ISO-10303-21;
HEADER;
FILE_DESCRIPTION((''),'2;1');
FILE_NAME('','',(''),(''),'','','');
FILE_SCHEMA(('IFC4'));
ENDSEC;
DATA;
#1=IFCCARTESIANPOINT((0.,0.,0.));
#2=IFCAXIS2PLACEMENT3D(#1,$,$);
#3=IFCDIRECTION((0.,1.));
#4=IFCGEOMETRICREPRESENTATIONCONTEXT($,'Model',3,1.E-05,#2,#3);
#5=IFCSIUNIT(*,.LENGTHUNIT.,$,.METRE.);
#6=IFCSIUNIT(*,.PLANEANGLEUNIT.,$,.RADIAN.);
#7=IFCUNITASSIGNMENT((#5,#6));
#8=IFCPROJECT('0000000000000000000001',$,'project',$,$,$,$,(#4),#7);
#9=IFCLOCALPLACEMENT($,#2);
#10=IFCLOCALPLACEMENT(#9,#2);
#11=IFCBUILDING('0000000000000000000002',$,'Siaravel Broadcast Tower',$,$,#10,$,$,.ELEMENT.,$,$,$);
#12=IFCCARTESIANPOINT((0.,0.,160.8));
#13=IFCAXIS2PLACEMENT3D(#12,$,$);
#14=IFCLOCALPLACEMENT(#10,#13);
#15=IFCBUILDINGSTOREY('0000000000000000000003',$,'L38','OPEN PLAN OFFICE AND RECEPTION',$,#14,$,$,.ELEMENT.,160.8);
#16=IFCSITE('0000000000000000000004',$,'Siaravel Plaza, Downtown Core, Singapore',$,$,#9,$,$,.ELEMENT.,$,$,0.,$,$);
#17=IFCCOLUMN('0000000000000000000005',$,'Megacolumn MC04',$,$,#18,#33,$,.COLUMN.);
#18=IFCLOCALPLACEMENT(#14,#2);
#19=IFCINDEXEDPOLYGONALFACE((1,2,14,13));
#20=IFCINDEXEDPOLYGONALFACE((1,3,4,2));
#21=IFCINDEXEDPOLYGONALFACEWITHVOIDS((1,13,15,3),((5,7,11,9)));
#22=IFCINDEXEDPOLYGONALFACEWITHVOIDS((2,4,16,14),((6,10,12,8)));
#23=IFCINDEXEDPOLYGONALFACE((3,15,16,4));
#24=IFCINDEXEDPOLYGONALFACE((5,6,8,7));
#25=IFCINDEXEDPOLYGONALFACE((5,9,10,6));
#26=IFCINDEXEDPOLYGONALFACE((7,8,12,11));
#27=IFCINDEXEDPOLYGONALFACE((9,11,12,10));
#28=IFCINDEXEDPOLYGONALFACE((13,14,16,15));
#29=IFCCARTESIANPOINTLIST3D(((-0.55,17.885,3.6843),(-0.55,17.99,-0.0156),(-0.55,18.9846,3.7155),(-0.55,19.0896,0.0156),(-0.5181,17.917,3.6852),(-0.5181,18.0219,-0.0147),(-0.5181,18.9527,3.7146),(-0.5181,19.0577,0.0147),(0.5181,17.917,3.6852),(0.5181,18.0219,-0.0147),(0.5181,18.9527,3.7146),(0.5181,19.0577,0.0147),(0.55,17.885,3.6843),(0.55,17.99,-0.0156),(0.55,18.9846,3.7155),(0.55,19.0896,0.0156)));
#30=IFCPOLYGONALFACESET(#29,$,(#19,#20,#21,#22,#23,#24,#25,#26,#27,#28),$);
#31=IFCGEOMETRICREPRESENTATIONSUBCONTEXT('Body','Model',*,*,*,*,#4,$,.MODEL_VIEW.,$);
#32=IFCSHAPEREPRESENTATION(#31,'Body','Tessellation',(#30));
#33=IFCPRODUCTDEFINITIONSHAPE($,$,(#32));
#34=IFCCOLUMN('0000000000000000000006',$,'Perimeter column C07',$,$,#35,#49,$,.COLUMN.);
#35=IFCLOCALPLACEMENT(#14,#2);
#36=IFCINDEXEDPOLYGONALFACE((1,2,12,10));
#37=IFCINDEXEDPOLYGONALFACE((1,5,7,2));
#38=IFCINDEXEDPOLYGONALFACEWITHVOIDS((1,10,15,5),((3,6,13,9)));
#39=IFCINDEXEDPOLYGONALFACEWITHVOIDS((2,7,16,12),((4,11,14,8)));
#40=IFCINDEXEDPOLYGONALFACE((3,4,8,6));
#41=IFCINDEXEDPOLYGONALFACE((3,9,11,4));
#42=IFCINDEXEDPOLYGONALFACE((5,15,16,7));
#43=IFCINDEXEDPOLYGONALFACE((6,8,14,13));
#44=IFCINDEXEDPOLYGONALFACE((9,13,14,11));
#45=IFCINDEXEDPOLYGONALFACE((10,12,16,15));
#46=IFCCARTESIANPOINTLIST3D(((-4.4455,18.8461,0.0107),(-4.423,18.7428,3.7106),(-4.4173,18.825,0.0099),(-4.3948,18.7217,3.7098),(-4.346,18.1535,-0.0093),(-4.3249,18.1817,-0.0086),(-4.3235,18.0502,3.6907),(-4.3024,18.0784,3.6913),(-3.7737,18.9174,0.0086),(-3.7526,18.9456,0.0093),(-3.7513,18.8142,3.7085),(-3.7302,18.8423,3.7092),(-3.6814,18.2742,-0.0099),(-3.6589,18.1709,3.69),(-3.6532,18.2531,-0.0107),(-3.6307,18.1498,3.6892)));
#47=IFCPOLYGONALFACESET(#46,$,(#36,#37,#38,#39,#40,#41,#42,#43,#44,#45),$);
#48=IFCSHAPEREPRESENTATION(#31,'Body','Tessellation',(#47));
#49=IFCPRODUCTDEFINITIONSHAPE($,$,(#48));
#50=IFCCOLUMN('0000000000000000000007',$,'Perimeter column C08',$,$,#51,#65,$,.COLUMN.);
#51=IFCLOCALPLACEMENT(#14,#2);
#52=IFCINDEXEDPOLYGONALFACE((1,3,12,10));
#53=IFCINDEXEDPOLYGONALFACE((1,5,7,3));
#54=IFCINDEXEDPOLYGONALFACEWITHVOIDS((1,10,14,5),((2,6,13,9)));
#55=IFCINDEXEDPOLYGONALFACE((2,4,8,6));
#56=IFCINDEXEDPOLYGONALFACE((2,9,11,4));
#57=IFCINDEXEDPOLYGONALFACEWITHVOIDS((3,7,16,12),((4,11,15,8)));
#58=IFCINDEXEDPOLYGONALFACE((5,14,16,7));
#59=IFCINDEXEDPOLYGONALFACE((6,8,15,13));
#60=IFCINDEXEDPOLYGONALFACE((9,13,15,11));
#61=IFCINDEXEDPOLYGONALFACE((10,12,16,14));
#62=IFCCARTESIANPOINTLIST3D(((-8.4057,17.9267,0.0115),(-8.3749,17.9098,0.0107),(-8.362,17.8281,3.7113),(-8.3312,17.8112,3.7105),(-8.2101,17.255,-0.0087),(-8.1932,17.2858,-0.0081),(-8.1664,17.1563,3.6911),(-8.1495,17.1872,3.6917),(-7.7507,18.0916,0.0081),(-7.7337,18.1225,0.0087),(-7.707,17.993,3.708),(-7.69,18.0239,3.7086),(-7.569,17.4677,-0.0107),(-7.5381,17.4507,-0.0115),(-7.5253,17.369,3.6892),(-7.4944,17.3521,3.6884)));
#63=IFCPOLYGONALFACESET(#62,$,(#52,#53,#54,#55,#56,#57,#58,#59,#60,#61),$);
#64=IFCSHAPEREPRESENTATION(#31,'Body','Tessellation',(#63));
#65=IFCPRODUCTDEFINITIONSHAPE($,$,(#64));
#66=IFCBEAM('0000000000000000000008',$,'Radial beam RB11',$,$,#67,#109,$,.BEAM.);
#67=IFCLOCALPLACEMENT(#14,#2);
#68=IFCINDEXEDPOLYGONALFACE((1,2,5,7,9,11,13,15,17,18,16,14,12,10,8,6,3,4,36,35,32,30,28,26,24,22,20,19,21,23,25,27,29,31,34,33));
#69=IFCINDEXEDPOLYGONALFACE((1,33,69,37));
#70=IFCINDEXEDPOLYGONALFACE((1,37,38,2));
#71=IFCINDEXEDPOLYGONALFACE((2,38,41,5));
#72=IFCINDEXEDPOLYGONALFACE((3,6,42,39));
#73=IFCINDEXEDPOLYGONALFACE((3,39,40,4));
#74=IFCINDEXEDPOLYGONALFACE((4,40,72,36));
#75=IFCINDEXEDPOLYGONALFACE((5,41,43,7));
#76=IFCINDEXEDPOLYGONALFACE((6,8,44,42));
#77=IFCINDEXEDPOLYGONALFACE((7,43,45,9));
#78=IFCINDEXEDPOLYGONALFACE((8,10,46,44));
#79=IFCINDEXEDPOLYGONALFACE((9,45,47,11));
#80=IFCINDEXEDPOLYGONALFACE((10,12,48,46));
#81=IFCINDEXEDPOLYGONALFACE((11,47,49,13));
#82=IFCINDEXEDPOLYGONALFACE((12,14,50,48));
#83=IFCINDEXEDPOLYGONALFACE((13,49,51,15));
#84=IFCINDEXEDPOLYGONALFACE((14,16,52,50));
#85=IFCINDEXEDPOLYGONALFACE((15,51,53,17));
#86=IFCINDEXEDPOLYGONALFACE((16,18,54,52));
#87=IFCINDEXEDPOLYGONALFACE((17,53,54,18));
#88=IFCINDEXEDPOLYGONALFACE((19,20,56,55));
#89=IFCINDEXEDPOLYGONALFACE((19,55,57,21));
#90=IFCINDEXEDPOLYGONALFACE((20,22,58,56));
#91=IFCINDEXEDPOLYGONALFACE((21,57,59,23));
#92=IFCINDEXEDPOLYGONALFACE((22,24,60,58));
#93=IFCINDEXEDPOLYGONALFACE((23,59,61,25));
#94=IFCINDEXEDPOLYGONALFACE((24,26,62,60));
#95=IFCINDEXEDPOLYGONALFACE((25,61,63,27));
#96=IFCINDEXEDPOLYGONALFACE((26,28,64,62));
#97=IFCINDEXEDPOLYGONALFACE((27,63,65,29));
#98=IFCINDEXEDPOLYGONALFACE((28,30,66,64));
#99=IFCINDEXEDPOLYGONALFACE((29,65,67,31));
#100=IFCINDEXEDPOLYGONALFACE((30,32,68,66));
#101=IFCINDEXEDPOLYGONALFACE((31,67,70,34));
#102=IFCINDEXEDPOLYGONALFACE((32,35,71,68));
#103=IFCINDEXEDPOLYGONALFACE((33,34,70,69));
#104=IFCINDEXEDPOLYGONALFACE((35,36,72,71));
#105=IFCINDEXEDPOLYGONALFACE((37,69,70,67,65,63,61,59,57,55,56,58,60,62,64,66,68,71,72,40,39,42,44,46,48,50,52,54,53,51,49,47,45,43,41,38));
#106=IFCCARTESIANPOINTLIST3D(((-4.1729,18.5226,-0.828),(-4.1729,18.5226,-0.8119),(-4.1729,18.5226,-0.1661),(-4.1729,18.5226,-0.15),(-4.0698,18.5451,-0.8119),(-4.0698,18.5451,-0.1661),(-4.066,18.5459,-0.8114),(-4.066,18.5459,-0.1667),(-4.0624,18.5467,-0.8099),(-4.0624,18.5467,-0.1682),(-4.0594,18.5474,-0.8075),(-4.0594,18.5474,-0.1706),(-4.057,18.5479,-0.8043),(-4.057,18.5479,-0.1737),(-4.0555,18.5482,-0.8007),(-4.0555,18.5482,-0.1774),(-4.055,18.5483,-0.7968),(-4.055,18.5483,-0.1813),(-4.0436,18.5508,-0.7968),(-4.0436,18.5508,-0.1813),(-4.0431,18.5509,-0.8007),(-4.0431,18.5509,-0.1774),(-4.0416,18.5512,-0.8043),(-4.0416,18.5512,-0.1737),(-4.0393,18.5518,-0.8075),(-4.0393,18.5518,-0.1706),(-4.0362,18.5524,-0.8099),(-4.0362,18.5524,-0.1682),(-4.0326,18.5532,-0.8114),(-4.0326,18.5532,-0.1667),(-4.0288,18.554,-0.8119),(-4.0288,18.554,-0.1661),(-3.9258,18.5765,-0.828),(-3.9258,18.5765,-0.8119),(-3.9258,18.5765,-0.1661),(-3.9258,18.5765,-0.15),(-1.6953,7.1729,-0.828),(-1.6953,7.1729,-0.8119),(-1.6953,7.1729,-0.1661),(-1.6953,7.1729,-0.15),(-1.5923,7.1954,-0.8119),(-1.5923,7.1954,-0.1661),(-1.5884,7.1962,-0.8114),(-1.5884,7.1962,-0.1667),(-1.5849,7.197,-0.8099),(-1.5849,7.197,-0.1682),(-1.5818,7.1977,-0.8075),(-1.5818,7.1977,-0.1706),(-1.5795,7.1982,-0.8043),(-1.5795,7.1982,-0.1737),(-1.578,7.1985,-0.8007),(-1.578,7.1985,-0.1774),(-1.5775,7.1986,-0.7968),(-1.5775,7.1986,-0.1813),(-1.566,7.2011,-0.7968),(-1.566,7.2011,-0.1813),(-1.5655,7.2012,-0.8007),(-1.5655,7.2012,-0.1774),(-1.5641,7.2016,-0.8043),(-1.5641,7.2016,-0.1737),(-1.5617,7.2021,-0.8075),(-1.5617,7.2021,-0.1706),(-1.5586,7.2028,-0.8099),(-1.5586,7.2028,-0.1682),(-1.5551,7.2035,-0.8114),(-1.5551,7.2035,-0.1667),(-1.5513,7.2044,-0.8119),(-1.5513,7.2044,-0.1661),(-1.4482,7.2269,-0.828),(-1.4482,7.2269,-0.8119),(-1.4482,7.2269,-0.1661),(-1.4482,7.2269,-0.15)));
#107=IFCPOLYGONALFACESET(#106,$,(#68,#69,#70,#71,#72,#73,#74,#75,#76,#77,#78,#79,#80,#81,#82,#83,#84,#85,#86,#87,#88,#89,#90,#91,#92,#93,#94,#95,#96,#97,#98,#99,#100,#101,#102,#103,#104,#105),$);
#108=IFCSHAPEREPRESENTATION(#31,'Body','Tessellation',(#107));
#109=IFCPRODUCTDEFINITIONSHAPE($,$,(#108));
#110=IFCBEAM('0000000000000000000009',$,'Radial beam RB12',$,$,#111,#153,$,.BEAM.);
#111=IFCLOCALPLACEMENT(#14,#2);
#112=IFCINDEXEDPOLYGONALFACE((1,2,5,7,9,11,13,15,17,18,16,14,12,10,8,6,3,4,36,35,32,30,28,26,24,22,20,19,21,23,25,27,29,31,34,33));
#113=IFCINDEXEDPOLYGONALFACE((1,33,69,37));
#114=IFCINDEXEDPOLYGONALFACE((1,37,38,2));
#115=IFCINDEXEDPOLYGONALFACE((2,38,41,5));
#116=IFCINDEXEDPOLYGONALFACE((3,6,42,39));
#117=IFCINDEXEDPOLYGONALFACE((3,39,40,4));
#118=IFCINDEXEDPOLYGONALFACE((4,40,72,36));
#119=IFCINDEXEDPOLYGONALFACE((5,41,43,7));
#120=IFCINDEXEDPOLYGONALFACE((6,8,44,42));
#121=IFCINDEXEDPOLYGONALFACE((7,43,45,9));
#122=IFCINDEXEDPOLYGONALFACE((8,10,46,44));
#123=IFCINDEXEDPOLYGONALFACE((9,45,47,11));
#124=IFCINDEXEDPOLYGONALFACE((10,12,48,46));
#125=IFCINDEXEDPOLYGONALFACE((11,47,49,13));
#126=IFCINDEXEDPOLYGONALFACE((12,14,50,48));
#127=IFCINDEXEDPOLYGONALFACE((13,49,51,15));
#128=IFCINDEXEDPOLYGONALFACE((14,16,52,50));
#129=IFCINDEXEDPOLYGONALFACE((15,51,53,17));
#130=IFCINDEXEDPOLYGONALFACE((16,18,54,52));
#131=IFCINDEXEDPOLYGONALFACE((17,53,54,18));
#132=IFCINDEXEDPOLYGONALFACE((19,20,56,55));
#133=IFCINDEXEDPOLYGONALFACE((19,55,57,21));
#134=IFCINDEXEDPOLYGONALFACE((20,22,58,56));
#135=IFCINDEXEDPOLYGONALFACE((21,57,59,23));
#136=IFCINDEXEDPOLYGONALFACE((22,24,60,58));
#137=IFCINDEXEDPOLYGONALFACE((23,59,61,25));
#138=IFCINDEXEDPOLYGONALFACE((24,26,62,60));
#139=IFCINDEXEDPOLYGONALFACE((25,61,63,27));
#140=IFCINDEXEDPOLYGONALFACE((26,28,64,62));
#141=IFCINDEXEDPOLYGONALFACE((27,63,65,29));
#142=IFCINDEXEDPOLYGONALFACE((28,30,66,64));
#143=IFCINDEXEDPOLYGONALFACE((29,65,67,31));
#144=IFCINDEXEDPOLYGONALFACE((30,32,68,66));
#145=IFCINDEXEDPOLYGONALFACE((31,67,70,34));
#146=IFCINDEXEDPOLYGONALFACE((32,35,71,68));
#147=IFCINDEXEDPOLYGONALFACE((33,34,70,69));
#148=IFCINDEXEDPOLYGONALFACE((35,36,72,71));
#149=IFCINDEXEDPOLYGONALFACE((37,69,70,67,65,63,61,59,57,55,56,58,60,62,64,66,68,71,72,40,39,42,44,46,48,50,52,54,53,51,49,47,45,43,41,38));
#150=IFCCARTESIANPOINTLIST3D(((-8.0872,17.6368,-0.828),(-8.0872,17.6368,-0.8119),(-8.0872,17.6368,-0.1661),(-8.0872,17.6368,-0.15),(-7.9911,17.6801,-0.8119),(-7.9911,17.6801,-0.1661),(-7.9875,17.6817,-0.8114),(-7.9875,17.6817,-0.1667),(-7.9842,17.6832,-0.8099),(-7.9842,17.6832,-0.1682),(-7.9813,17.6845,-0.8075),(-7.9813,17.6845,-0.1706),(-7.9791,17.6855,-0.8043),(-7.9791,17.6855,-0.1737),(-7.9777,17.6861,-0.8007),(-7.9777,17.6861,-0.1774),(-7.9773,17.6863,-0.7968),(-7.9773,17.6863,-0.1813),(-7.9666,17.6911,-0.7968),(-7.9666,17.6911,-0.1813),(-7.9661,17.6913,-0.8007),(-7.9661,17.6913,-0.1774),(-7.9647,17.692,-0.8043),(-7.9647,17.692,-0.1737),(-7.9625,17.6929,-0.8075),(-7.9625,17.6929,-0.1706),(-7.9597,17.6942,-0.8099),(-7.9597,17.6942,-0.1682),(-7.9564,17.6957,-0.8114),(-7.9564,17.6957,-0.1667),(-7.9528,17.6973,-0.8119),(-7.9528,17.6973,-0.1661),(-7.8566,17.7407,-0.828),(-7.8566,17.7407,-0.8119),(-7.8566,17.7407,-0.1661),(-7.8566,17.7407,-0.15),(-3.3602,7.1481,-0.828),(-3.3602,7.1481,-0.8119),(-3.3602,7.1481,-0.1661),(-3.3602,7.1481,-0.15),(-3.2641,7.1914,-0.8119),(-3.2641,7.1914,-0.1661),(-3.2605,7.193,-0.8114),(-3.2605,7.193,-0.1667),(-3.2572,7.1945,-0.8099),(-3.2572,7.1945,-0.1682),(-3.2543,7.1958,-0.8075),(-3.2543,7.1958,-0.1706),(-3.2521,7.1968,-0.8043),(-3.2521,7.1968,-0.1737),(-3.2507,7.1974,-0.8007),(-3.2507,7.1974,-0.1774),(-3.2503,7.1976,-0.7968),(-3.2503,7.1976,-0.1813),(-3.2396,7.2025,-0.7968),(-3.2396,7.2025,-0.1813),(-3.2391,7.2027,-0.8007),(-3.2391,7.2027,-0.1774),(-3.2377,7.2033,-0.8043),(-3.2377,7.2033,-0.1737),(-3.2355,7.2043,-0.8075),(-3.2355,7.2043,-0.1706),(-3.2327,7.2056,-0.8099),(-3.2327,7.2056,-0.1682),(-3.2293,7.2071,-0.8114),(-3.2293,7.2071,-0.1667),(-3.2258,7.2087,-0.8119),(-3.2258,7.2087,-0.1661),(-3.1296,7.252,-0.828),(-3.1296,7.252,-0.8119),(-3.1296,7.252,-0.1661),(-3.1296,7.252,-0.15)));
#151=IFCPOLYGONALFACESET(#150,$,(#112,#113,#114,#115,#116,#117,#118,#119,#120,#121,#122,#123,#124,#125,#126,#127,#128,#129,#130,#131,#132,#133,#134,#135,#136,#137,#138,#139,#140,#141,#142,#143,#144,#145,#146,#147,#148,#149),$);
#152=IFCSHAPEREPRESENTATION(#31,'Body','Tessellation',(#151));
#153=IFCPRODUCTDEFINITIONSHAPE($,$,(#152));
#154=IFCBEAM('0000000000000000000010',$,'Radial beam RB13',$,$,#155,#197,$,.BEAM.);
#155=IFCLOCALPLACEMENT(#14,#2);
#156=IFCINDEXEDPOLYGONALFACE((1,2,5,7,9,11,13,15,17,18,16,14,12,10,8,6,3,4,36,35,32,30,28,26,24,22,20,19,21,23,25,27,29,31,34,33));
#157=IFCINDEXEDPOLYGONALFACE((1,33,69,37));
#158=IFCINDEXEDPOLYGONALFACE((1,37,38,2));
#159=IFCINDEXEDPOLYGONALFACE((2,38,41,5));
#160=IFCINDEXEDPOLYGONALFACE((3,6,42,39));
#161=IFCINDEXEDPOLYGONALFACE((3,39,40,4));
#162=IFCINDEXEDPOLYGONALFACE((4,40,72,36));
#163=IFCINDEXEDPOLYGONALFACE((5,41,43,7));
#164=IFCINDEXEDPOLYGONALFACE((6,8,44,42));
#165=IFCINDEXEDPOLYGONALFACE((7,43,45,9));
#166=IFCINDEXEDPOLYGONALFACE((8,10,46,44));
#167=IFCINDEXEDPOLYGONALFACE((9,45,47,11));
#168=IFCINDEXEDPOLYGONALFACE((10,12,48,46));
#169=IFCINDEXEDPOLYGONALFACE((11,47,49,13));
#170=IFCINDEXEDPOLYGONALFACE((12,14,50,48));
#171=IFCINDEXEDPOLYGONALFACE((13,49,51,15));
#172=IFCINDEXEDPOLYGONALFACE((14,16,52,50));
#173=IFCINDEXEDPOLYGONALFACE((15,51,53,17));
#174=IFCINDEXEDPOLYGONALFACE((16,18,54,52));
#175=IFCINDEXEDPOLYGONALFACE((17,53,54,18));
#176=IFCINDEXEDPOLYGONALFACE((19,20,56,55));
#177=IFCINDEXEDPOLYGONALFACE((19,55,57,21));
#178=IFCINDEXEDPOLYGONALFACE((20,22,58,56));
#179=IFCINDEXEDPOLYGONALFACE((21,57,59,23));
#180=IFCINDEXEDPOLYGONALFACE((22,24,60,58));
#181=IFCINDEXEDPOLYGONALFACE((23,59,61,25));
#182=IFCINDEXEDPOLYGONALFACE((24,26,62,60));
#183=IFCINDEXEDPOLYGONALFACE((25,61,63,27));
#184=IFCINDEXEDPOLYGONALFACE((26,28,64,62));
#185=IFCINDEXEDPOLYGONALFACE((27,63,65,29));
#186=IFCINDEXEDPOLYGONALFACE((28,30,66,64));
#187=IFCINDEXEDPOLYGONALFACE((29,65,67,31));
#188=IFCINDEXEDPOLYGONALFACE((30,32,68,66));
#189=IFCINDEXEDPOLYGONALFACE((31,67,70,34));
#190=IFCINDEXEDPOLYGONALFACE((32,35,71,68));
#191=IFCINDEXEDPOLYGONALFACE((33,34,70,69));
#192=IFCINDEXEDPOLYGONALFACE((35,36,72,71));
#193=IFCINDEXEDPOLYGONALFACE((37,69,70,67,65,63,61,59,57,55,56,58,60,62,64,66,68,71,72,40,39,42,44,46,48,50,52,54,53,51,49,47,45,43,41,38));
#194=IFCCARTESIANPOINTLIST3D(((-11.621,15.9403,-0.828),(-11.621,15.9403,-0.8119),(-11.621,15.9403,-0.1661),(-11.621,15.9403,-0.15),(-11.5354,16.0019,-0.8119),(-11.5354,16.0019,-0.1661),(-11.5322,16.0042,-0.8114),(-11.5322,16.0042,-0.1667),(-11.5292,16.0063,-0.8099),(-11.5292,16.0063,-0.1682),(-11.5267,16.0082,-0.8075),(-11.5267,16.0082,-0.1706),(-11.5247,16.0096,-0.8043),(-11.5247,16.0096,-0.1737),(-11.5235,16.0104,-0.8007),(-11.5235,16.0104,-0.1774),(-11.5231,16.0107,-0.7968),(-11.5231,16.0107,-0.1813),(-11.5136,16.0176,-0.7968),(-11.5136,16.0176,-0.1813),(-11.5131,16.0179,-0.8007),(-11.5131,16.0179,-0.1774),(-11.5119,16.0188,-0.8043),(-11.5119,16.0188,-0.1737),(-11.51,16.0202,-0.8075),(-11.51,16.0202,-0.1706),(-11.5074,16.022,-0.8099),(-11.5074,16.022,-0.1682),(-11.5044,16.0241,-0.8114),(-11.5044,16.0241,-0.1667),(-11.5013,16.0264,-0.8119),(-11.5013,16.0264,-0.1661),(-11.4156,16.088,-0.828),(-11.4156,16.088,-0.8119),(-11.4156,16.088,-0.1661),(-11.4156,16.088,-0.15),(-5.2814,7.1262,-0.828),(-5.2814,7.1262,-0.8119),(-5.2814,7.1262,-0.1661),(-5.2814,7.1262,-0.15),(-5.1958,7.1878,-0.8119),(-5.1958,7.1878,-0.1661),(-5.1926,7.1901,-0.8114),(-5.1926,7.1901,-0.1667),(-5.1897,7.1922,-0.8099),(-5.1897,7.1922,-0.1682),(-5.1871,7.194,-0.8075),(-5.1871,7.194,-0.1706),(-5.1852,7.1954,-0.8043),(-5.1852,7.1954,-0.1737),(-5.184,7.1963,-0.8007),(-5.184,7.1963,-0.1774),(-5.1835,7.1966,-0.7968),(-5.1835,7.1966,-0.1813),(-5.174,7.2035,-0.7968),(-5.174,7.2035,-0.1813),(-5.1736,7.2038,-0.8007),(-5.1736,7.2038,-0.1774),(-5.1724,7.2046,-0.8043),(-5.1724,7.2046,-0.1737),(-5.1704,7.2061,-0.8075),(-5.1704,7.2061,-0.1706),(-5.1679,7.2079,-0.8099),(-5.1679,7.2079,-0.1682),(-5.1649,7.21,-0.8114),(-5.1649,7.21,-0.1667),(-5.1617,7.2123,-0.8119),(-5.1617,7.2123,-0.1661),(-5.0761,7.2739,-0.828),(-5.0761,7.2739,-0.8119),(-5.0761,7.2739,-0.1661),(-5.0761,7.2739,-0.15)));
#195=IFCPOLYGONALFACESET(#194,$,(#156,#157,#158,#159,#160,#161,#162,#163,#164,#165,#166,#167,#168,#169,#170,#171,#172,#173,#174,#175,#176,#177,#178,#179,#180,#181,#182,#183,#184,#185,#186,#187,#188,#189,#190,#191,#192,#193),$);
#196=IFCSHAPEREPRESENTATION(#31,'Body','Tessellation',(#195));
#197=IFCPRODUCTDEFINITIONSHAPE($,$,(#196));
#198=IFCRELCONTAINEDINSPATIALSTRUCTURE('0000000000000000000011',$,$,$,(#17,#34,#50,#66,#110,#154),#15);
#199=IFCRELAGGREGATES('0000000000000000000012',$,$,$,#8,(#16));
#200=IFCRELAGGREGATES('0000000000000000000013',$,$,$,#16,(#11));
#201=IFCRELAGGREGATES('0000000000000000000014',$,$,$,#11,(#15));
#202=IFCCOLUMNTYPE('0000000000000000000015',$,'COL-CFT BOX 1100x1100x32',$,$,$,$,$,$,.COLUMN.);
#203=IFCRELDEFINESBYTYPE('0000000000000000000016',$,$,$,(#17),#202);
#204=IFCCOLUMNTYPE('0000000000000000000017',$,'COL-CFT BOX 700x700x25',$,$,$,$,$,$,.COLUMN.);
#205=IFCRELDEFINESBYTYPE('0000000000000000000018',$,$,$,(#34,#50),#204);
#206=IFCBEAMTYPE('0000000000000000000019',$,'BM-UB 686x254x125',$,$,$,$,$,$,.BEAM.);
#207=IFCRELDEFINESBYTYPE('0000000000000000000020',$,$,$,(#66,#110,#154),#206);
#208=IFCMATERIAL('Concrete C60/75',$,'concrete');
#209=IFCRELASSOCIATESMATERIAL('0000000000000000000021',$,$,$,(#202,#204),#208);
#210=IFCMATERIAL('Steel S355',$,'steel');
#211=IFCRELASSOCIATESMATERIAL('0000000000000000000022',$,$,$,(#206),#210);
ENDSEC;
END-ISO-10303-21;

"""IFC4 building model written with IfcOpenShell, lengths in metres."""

from ifc_helpers import new_model, si_unit, direction, frame, origin, origin_2d, place, context, subcontext, project, spatial, hollow_rectangle, i_section, extrude, material, material_profile, profile_set, type_object, element, save


model = new_model("IFC4")

# Units and contexts
model_context = context("Model", 3, precision=1e-05, world=origin(), true_north=direction((0.0, 1.0)))
body_context = subcontext(model_context, "Body", "Model", "MODEL_VIEW")
ifc_project = project(units=[si_unit("LENGTHUNIT", "METRE"), si_unit("PLANEANGLEUNIT", "RADIAN")], contexts=[model_context])

# Site, building, storey
site_placement = place(None, origin())
site = spatial("IfcSite", under=ifc_project, at=site_placement, Name="Siaravel Plaza, Downtown Core, Singapore", CompositionType="ELEMENT", RefElevation=0.0)
building_placement = place(site_placement, origin())
building = spatial("IfcBuilding", under=site, at=building_placement, Name="Siaravel Broadcast Tower", CompositionType="ELEMENT")
storey_placement = place(building_placement, frame((0.0, 0.0, 160.8)))
storey = spatial("IfcBuildingStorey", under=building, at=storey_placement, Name="L38", Description="OPEN PLAN OFFICE AND RECEPTION", CompositionType="ELEMENT", Elevation=160.8)

# Columns
ifc_material_1 = material(Name="Concrete C60/75", Category="concrete")
ifc_material_profile_1 = material_profile(ifc_material_1, hollow_rectangle(XDim=1.1001, YDim=1.1001, WallThickness=0.032, at=origin_2d()))
ifc_profile_set_1 = profile_set([ifc_material_profile_1], Name="Concrete C60/75")
column_type_1 = type_object("IfcColumnType", Name="COL-CFT BOX 1100x1100x32", PredefinedType="COLUMN", material=ifc_profile_set_1)
column_placement = place(storey_placement, frame((0.0, 18.5398, 0.0), z_axis=(0.0, -0.028362, 0.999598), x_axis=(1.0, 0.0, 0.0)))
element("IfcColumn", 1, at=column_placement, inside=storey, type_object=column_type_1, Name="Megacolumn MC04", PredefinedType="COLUMN", context=body_context, shape_type="SweptSolid", body=[
    extrude(hollow_rectangle(XDim=1.1001, YDim=1.1001, WallThickness=0.032, at=origin_2d()), origin(), (0.0, 0.0, 1.0), 3.7014),
])
ifc_material_profile_2 = material_profile(ifc_material_1, hollow_rectangle(XDim=0.7, YDim=0.7, WallThickness=0.0249, at=origin_2d()))
ifc_profile_set_2 = profile_set([ifc_material_profile_2], Name="Concrete C60/75")
column_type_2 = type_object("IfcColumnType", Name="COL-CFT BOX 700x700x25", PredefinedType="COLUMN", material=ifc_profile_set_2)
for number, where, z_axis, x_axis, name in (
    (2, (-4.0493, 18.5496, 0.0), (0.006068, -0.0279, 0.999592), (0.989831, 0.142232, -0.002039), "Perimeter column C07"),
    (3, (-7.9719, 17.6887, 0.0), (0.011806, -0.026647, 0.999575), (0.960087, 0.279674, -0.003884), "Perimeter column C08"),
):
    element("IfcColumn", number, at=place(storey_placement, frame(where, z_axis=z_axis, x_axis=x_axis)), inside=storey, type_object=column_type_2, Name=name, PredefinedType="COLUMN", context=body_context, shape_type="SweptSolid", body=[
        extrude(hollow_rectangle(XDim=0.7, YDim=0.7, WallThickness=0.0249, at=origin_2d()), origin(), (0.0, 0.0, 1.0), 3.7014),
    ])

# Beams
ifc_material_2 = material(Name="Steel S355", Category="steel")
ifc_material_profile_3 = material_profile(ifc_material_2, i_section(OverallWidth=0.2529, OverallDepth=0.678, WebThickness=0.0117, FlangeThickness=0.0161, FilletRadius=0.0151, at=origin_2d()))
ifc_profile_set_3 = profile_set([ifc_material_profile_3], Name="Steel S355")
beam_type = type_object("IfcBeamType", Name="BM-UB 686x254x125", PredefinedType="BEAM", material=ifc_profile_set_3)
beam_1_placement = place(storey_placement, frame((-4.0493, 18.5496, -0.489), z_axis=(0.213271, -0.976993, 0.0), x_axis=(0.976993, 0.213271, 0.0)))
element("IfcBeam", 4, at=beam_1_placement, inside=storey, type_object=beam_type, Name="Radial beam RB11", PredefinedType="BEAM", context=body_context, shape_type="SweptSolid", body=[
    extrude(i_section(OverallWidth=0.2529, OverallDepth=0.678, WebThickness=0.0117, FlangeThickness=0.0161, FilletRadius=0.0151, at=origin_2d()), origin(), (0.0, 0.0, 1.0), 11.6169),
])
beam_2_placement = place(storey_placement, frame((-7.9719, 17.6887, -0.489), z_axis=(0.410878, -0.91169, 0.0), x_axis=(0.91169, 0.410878, 0.0)))
element("IfcBeam", 5, at=beam_2_placement, inside=storey, type_object=beam_type, Name="Radial beam RB12", PredefinedType="BEAM", context=body_context, shape_type="SweptSolid", body=[
    extrude(i_section(OverallWidth=0.2529, OverallDepth=0.678, WebThickness=0.0117, FlangeThickness=0.0161, FilletRadius=0.0151, at=origin_2d()), origin(), (0.0, 0.0, 1.0), 11.5046),
])
beam_3_placement = place(storey_placement, frame((-11.5183, 16.0142, -0.489), z_axis=(0.583902, -0.811824, 0.0), x_axis=(0.811824, 0.583902, 0.0)))
element("IfcBeam", 6, at=beam_3_placement, inside=storey, type_object=beam_type, Name="Radial beam RB13", PredefinedType="BEAM", context=body_context, shape_type="SweptSolid", body=[
    extrude(i_section(OverallWidth=0.2529, OverallDepth=0.678, WebThickness=0.0117, FlangeThickness=0.0161, FilletRadius=0.0151, at=origin_2d()), origin(), (0.0, 0.0, 1.0), 10.8572),
])

save(model, "model.ifc")
